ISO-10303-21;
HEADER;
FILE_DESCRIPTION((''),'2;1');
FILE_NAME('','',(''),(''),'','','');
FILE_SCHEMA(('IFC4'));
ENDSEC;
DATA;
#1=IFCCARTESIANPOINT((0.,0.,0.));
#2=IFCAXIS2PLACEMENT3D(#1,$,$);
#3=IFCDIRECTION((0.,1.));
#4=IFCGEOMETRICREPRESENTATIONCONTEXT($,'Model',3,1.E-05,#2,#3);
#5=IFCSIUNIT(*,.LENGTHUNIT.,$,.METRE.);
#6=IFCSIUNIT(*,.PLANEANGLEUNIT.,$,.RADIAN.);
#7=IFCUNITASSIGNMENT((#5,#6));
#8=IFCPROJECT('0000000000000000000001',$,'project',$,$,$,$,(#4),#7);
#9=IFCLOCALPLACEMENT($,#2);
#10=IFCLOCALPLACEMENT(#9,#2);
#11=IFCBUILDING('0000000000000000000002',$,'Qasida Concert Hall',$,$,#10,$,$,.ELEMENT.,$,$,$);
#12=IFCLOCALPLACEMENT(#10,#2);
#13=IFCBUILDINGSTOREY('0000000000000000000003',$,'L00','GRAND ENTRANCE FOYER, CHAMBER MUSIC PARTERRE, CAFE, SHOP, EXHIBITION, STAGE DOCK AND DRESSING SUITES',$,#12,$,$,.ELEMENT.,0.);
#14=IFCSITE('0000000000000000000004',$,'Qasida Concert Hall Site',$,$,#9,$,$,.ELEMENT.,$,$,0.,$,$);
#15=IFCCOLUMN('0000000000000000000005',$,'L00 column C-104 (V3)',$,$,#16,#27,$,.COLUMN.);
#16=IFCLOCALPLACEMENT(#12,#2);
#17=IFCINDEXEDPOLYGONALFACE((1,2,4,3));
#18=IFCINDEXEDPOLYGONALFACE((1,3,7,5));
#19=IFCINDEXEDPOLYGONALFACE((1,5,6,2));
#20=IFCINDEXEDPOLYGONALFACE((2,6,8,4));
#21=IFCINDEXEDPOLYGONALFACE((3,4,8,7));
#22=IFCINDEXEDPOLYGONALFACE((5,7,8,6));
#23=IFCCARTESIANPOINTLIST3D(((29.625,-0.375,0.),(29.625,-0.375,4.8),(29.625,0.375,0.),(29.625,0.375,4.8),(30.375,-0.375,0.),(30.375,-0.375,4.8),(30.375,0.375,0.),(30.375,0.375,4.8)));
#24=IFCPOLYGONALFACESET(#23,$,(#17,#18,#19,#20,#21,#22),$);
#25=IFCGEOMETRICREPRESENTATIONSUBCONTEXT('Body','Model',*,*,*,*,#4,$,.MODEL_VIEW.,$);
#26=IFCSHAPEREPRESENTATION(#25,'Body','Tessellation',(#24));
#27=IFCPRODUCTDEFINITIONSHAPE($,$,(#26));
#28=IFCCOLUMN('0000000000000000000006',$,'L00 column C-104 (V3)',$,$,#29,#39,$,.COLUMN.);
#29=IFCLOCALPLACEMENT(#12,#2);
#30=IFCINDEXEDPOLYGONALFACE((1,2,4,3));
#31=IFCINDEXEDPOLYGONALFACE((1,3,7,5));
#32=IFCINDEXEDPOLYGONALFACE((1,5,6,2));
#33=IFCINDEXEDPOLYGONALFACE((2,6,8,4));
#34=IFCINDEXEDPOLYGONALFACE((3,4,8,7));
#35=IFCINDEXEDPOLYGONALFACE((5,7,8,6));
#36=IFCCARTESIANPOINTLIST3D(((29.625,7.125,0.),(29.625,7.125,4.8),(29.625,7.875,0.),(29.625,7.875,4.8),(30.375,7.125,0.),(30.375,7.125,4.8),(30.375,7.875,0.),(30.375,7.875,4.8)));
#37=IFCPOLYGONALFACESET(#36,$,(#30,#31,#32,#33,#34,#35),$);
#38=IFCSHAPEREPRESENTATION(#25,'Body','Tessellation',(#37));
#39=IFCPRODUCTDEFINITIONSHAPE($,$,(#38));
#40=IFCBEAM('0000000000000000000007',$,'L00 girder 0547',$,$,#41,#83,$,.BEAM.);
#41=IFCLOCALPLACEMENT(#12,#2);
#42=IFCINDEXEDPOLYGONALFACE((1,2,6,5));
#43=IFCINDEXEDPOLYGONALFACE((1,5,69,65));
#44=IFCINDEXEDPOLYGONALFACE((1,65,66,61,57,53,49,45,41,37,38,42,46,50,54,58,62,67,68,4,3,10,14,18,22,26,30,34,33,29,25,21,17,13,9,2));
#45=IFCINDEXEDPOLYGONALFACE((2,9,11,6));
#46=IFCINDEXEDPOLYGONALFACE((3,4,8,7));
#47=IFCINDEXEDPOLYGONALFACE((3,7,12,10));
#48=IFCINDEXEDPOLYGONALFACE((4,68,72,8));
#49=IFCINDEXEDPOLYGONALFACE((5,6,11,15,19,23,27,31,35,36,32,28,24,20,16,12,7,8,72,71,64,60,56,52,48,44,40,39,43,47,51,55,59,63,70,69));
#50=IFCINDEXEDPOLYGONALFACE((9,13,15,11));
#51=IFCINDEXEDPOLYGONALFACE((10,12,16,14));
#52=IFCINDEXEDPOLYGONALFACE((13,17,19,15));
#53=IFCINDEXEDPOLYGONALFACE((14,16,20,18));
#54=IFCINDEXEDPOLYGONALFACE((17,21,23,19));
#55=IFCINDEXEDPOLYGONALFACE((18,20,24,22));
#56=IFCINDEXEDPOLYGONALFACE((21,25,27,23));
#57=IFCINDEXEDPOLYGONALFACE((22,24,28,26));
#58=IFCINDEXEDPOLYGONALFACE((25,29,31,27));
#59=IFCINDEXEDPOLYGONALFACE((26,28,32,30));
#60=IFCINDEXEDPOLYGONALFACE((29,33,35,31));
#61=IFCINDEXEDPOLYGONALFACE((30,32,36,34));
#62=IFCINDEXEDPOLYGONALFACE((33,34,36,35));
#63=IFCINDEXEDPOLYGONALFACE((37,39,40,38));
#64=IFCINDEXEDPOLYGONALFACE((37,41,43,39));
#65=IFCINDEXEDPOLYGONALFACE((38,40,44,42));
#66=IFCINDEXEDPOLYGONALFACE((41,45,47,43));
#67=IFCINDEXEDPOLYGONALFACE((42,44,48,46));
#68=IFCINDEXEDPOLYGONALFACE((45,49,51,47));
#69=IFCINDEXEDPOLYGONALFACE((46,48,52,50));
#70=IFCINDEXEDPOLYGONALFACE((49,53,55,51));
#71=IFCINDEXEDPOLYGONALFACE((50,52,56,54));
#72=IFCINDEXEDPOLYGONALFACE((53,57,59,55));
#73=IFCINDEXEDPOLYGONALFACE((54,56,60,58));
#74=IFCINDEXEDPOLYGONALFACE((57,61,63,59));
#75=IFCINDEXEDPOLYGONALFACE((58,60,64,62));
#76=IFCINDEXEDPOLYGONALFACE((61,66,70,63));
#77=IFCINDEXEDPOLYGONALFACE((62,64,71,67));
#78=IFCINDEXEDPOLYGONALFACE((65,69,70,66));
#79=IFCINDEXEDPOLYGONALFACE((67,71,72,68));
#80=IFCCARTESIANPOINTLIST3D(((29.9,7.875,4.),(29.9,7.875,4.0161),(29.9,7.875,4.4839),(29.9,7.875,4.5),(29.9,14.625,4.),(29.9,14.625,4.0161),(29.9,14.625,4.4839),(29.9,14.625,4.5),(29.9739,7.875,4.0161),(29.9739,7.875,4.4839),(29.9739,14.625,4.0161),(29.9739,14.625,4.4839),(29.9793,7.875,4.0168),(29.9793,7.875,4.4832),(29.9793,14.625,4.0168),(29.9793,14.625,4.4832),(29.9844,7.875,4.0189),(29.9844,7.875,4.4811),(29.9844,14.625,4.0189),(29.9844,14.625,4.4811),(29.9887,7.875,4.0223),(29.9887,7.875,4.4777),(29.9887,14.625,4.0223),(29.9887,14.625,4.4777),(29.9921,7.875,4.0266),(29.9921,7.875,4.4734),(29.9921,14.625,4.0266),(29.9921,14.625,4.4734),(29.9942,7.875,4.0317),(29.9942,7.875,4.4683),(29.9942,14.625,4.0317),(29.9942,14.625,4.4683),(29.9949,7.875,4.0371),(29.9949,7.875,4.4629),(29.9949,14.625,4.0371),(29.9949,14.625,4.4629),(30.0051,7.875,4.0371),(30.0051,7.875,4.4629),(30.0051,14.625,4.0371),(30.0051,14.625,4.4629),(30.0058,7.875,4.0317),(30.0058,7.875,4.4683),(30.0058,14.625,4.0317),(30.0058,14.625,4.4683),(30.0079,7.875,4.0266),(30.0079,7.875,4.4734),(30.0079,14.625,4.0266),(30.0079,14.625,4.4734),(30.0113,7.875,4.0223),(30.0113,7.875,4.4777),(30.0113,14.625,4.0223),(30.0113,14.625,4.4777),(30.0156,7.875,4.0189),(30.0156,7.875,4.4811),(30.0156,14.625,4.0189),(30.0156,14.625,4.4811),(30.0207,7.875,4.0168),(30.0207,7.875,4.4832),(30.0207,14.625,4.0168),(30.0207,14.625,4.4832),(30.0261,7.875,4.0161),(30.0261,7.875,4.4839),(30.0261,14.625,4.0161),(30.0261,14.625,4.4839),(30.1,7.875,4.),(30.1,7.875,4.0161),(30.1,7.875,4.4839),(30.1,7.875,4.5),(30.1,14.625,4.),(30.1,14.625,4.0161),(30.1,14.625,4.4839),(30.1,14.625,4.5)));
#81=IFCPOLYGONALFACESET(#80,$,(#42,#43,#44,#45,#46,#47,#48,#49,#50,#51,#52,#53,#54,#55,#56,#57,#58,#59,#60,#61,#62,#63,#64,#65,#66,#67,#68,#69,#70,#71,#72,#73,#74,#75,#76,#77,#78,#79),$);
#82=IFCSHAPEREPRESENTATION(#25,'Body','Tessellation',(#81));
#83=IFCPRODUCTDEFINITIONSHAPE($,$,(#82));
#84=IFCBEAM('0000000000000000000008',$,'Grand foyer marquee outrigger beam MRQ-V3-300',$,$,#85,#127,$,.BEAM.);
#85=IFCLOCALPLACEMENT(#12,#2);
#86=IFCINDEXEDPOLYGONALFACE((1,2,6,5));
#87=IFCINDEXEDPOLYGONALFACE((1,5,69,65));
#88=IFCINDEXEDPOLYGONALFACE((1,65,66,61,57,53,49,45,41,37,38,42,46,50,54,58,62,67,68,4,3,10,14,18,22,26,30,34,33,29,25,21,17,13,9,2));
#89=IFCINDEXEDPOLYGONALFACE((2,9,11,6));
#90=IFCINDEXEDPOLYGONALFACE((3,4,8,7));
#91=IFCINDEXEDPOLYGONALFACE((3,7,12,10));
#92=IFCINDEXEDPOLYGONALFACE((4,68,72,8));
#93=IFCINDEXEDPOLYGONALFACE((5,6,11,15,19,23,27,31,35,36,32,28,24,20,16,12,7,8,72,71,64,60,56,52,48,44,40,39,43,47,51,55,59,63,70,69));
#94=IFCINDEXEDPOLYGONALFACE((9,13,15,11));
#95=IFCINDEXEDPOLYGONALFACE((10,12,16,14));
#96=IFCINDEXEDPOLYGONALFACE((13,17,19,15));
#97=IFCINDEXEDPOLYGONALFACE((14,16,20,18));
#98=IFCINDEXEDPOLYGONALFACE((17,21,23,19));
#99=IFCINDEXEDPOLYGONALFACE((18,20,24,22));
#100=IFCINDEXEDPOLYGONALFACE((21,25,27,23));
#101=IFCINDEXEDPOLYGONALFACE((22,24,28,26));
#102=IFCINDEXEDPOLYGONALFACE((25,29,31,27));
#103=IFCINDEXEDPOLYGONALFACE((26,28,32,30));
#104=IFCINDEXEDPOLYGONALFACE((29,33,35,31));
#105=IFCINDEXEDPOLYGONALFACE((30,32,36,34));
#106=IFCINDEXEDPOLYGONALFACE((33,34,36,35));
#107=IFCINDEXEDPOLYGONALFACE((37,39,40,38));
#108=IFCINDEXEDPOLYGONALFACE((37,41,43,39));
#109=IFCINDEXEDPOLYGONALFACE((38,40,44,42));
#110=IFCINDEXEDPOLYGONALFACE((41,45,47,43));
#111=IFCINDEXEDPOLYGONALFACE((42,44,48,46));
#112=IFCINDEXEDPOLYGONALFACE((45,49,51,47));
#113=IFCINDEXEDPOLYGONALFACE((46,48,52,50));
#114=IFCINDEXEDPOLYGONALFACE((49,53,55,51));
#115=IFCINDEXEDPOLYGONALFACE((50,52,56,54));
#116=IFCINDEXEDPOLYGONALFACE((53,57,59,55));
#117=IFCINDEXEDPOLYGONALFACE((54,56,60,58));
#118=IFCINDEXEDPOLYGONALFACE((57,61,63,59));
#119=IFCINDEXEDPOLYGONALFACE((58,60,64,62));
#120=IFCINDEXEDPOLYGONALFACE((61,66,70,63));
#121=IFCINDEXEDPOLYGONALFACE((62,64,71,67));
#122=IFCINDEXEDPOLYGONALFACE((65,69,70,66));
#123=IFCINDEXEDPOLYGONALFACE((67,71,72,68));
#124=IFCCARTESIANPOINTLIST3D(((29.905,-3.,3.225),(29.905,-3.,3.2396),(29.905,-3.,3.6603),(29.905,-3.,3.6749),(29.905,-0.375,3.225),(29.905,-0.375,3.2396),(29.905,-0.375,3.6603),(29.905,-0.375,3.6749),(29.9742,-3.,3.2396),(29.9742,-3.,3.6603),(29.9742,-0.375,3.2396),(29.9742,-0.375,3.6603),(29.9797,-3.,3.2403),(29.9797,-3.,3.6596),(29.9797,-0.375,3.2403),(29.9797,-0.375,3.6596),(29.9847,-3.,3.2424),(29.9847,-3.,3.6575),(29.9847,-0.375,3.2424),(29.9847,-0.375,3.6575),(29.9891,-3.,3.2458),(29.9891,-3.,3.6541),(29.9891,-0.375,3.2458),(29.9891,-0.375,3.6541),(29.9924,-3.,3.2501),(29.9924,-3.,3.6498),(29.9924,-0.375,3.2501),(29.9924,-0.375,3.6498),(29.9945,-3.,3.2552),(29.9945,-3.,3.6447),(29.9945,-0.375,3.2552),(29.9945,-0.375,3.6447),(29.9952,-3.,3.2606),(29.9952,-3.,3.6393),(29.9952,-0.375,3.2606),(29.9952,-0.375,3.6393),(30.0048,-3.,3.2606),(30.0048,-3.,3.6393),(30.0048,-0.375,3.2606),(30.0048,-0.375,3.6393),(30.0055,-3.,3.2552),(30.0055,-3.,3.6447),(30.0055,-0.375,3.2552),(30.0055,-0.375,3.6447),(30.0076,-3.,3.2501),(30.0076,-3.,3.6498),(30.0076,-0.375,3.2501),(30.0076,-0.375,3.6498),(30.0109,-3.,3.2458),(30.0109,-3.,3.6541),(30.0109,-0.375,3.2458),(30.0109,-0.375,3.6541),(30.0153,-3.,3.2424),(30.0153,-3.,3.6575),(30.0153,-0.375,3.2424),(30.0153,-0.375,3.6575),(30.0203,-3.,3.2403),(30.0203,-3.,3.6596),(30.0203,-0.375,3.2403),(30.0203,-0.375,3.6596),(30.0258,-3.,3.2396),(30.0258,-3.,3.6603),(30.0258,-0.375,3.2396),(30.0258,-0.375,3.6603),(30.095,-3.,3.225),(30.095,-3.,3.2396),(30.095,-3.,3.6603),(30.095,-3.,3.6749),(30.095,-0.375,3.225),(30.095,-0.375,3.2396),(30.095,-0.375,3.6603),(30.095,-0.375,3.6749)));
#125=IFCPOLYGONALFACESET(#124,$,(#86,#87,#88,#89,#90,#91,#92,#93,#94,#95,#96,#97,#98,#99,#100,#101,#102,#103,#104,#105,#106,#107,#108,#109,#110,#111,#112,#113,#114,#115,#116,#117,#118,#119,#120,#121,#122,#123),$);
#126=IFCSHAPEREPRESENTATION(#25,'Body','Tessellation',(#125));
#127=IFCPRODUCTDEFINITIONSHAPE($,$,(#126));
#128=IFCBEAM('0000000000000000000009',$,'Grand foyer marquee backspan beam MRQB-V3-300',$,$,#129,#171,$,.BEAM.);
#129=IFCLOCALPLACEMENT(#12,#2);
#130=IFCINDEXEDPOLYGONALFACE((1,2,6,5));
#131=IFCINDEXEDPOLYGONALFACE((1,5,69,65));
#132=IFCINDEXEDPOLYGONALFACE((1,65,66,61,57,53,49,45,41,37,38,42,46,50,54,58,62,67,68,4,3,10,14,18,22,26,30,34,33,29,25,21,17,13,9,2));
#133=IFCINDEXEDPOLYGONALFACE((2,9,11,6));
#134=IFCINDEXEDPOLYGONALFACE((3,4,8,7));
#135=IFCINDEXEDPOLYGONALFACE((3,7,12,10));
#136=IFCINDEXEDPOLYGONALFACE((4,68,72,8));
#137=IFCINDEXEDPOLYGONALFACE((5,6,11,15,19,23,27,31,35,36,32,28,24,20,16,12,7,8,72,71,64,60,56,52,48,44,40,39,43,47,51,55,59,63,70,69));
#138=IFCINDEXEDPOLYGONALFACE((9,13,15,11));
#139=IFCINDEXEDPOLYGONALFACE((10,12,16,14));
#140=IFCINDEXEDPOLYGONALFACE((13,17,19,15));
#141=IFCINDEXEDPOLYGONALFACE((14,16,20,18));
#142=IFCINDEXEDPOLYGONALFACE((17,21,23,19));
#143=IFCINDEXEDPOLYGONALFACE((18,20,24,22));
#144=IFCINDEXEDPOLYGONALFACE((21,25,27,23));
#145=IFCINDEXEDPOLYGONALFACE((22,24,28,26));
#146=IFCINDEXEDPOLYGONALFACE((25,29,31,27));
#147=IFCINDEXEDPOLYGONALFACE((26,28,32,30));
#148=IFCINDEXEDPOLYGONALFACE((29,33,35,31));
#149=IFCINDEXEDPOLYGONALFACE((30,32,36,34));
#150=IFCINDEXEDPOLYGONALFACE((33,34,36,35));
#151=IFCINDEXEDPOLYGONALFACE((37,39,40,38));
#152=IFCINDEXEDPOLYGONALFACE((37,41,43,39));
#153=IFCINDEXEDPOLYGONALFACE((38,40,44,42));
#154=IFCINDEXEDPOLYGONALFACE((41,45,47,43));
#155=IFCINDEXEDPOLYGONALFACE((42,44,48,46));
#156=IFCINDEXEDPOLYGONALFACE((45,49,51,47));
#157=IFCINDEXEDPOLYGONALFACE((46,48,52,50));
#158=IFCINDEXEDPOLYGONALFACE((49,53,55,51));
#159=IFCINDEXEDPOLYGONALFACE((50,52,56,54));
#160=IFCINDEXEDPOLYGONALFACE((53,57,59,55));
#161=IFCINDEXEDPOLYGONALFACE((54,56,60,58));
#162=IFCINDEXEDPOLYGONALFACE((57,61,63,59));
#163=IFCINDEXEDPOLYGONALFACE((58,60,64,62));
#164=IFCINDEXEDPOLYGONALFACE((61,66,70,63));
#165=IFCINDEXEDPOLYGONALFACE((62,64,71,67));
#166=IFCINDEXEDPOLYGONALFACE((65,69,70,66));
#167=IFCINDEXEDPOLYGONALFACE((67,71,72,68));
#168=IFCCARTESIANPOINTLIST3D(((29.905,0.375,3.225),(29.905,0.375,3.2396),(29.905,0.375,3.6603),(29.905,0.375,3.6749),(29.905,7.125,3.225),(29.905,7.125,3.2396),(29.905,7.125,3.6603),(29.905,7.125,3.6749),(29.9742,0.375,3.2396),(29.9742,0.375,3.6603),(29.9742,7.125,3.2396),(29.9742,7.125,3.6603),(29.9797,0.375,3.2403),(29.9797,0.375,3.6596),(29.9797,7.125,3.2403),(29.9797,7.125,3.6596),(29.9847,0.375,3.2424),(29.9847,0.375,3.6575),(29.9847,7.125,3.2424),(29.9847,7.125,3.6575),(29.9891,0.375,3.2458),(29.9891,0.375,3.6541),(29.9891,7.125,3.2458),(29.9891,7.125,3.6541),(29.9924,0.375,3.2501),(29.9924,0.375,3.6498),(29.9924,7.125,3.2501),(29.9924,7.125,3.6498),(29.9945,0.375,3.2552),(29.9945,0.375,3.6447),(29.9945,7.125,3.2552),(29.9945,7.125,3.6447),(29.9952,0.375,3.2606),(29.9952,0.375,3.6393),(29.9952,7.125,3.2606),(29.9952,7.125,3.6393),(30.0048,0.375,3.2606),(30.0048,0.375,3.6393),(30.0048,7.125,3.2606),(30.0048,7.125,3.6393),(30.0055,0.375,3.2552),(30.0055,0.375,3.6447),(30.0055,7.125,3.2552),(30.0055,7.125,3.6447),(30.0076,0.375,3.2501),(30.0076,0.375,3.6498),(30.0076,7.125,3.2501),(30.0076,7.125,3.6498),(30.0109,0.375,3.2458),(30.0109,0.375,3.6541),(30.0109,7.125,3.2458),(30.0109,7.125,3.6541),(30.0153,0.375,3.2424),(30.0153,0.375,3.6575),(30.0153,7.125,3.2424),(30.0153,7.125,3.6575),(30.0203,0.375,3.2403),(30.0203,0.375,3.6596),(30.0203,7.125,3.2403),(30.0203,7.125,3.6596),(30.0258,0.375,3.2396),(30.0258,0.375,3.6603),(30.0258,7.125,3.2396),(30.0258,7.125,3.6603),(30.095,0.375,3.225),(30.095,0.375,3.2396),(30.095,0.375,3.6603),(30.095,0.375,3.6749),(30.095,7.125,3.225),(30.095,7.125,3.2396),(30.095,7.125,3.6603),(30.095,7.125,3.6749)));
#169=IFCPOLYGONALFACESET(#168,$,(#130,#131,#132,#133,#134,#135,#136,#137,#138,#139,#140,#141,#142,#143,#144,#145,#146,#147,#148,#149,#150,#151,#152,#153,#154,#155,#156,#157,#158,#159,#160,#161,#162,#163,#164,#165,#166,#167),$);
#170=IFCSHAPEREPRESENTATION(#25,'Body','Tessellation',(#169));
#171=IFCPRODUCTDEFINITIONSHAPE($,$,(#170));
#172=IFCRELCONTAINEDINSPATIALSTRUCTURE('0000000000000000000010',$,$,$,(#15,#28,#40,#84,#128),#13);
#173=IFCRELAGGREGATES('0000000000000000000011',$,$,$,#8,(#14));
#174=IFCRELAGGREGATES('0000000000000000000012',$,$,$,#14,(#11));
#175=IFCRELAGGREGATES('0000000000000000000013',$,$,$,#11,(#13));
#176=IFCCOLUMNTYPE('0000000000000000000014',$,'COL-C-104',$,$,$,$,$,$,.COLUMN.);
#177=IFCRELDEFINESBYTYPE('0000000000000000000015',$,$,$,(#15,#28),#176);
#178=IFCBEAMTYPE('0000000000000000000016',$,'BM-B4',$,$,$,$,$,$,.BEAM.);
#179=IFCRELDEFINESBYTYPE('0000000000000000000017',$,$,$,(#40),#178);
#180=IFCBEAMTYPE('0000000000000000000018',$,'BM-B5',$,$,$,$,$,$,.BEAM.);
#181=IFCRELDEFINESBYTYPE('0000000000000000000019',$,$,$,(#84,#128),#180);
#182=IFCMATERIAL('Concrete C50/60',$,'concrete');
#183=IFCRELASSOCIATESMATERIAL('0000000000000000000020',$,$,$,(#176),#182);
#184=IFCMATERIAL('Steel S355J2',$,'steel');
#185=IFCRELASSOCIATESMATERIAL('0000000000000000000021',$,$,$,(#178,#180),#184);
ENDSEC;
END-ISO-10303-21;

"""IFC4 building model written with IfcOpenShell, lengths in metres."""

from ifc_helpers import new_model, si_unit, direction, frame, origin, origin_2d, place, context, subcontext, project, spatial, rectangle, i_section, extrude, material, material_profile, profile_set, type_object, element, save


model = new_model("IFC4")

# Units and contexts
model_context = context("Model", 3, precision=1e-05, world=origin(), true_north=direction((0.0, 1.0)))
body_context = subcontext(model_context, "Body", "Model", "MODEL_VIEW")
ifc_project = project(units=[si_unit("LENGTHUNIT", "METRE"), si_unit("PLANEANGLEUNIT", "RADIAN")], contexts=[model_context])

# Site, building, storey
site_placement = place(None, origin())
site = spatial("IfcSite", under=ifc_project, at=site_placement, Name="Qasida Concert Hall Site", CompositionType="ELEMENT", RefElevation=0.0)
building_placement = place(site_placement, origin())
building = spatial("IfcBuilding", under=site, at=building_placement, Name="Qasida Concert Hall", CompositionType="ELEMENT")
storey_placement = place(building_placement, origin())
storey = spatial("IfcBuildingStorey", under=building, at=storey_placement, Name="L00", Description="GRAND ENTRANCE FOYER, CHAMBER MUSIC PARTERRE, CAFE, SHOP, EXHIBITION, STAGE DOCK AND DRESSING SUITES", CompositionType="ELEMENT", Elevation=0.0)

# Columns
ifc_material_1 = material(Name="Concrete C50/60", Category="concrete")
ifc_material_profile_1 = material_profile(ifc_material_1, rectangle(XDim=0.75, YDim=0.75, at=origin_2d()), Name="RC 750x750")
ifc_profile_set_1 = profile_set([ifc_material_profile_1], Name="Concrete C50/60")
column_type = type_object("IfcColumnType", Name="COL-C-104", PredefinedType="COLUMN", material=ifc_profile_set_1)
for number, where, z_axis, x_axis, name in (
    (1, (30.0, 0.0, 0.0), (0.0, 0.0, 1.0), (1.0, 0.0, 0.0), "L00 column C-104 (V3)"),
    (2, (30.0, 7.5, 0.0), (0.0, 0.0, 1.0), (1.0, 0.0, 0.0), "L00 column C-104 (V3)"),
):
    element("IfcColumn", number, at=place(storey_placement, frame(where, z_axis=z_axis, x_axis=x_axis)), inside=storey, type_object=column_type, Name=name, PredefinedType="COLUMN", context=body_context, shape_type="SweptSolid", body=[
        extrude(rectangle(XDim=0.75, YDim=0.75, at=origin_2d()), origin(), (0.0, 0.0, 1.0), 4.8),
    ])

# Beams
ifc_material_2 = material(Name="Steel S355J2", Category="steel")
ifc_material_profile_2 = material_profile(ifc_material_2, i_section(OverallWidth=0.2, OverallDepth=0.5, WebThickness=0.0103, FlangeThickness=0.0161, FilletRadius=0.021, at=origin_2d()), Name="IPE 500")
ifc_profile_set_2 = profile_set([ifc_material_profile_2], Name="Steel S355J2")
beam_type_1 = type_object("IfcBeamType", Name="BM-B4", PredefinedType="BEAM", material=ifc_profile_set_2)
beam_1_placement = place(storey_placement, frame((30.0, 7.875, 4.25), z_axis=(0.0, 1.0, 0.0), x_axis=(-1.0, 0.0, 0.0)))
element("IfcBeam", 3, at=beam_1_placement, inside=storey, type_object=beam_type_1, Name="L00 girder 0547", PredefinedType="BEAM", context=body_context, shape_type="SweptSolid", body=[
    extrude(i_section(OverallWidth=0.2, OverallDepth=0.5, WebThickness=0.0103, FlangeThickness=0.0161, FilletRadius=0.021, at=origin_2d()), origin(), (0.0, 0.0, 1.0), 6.75),
])
ifc_material_profile_3 = material_profile(ifc_material_2, i_section(OverallWidth=0.1899, OverallDepth=0.45, WebThickness=0.0095, FlangeThickness=0.0146, FilletRadius=0.021, at=origin_2d()), Name="IPE 450")
ifc_profile_set_3 = profile_set([ifc_material_profile_3], Name="Steel S355J2")
beam_type_2 = type_object("IfcBeamType", Name="BM-B5", PredefinedType="BEAM", material=ifc_profile_set_3)
beam_2_placement = place(storey_placement, frame((30.0, -0.375, 3.45), z_axis=(0.0, -1.0, 0.0), x_axis=(1.0, 0.0, 0.0)))
element("IfcBeam", 4, at=beam_2_placement, inside=storey, type_object=beam_type_2, Name="Grand foyer marquee outrigger beam MRQ-V3-300", PredefinedType="BEAM", context=body_context, shape_type="SweptSolid", body=[
    extrude(i_section(OverallWidth=0.1899, OverallDepth=0.45, WebThickness=0.0095, FlangeThickness=0.0146, FilletRadius=0.021, at=origin_2d()), origin(), (0.0, 0.0, 1.0), 2.625),
])
beam_3_placement = place(storey_placement, frame((30.0, 0.375, 3.45), z_axis=(0.0, 1.0, 0.0), x_axis=(-1.0, 0.0, 0.0)))
element("IfcBeam", 5, at=beam_3_placement, inside=storey, type_object=beam_type_2, Name="Grand foyer marquee backspan beam MRQB-V3-300", PredefinedType="BEAM", context=body_context, shape_type="SweptSolid", body=[
    extrude(i_section(OverallWidth=0.1899, OverallDepth=0.45, WebThickness=0.0095, FlangeThickness=0.0146, FilletRadius=0.021, at=origin_2d()), origin(), (0.0, 0.0, 1.0), 6.75),
])

save(model, "model.ifc")
